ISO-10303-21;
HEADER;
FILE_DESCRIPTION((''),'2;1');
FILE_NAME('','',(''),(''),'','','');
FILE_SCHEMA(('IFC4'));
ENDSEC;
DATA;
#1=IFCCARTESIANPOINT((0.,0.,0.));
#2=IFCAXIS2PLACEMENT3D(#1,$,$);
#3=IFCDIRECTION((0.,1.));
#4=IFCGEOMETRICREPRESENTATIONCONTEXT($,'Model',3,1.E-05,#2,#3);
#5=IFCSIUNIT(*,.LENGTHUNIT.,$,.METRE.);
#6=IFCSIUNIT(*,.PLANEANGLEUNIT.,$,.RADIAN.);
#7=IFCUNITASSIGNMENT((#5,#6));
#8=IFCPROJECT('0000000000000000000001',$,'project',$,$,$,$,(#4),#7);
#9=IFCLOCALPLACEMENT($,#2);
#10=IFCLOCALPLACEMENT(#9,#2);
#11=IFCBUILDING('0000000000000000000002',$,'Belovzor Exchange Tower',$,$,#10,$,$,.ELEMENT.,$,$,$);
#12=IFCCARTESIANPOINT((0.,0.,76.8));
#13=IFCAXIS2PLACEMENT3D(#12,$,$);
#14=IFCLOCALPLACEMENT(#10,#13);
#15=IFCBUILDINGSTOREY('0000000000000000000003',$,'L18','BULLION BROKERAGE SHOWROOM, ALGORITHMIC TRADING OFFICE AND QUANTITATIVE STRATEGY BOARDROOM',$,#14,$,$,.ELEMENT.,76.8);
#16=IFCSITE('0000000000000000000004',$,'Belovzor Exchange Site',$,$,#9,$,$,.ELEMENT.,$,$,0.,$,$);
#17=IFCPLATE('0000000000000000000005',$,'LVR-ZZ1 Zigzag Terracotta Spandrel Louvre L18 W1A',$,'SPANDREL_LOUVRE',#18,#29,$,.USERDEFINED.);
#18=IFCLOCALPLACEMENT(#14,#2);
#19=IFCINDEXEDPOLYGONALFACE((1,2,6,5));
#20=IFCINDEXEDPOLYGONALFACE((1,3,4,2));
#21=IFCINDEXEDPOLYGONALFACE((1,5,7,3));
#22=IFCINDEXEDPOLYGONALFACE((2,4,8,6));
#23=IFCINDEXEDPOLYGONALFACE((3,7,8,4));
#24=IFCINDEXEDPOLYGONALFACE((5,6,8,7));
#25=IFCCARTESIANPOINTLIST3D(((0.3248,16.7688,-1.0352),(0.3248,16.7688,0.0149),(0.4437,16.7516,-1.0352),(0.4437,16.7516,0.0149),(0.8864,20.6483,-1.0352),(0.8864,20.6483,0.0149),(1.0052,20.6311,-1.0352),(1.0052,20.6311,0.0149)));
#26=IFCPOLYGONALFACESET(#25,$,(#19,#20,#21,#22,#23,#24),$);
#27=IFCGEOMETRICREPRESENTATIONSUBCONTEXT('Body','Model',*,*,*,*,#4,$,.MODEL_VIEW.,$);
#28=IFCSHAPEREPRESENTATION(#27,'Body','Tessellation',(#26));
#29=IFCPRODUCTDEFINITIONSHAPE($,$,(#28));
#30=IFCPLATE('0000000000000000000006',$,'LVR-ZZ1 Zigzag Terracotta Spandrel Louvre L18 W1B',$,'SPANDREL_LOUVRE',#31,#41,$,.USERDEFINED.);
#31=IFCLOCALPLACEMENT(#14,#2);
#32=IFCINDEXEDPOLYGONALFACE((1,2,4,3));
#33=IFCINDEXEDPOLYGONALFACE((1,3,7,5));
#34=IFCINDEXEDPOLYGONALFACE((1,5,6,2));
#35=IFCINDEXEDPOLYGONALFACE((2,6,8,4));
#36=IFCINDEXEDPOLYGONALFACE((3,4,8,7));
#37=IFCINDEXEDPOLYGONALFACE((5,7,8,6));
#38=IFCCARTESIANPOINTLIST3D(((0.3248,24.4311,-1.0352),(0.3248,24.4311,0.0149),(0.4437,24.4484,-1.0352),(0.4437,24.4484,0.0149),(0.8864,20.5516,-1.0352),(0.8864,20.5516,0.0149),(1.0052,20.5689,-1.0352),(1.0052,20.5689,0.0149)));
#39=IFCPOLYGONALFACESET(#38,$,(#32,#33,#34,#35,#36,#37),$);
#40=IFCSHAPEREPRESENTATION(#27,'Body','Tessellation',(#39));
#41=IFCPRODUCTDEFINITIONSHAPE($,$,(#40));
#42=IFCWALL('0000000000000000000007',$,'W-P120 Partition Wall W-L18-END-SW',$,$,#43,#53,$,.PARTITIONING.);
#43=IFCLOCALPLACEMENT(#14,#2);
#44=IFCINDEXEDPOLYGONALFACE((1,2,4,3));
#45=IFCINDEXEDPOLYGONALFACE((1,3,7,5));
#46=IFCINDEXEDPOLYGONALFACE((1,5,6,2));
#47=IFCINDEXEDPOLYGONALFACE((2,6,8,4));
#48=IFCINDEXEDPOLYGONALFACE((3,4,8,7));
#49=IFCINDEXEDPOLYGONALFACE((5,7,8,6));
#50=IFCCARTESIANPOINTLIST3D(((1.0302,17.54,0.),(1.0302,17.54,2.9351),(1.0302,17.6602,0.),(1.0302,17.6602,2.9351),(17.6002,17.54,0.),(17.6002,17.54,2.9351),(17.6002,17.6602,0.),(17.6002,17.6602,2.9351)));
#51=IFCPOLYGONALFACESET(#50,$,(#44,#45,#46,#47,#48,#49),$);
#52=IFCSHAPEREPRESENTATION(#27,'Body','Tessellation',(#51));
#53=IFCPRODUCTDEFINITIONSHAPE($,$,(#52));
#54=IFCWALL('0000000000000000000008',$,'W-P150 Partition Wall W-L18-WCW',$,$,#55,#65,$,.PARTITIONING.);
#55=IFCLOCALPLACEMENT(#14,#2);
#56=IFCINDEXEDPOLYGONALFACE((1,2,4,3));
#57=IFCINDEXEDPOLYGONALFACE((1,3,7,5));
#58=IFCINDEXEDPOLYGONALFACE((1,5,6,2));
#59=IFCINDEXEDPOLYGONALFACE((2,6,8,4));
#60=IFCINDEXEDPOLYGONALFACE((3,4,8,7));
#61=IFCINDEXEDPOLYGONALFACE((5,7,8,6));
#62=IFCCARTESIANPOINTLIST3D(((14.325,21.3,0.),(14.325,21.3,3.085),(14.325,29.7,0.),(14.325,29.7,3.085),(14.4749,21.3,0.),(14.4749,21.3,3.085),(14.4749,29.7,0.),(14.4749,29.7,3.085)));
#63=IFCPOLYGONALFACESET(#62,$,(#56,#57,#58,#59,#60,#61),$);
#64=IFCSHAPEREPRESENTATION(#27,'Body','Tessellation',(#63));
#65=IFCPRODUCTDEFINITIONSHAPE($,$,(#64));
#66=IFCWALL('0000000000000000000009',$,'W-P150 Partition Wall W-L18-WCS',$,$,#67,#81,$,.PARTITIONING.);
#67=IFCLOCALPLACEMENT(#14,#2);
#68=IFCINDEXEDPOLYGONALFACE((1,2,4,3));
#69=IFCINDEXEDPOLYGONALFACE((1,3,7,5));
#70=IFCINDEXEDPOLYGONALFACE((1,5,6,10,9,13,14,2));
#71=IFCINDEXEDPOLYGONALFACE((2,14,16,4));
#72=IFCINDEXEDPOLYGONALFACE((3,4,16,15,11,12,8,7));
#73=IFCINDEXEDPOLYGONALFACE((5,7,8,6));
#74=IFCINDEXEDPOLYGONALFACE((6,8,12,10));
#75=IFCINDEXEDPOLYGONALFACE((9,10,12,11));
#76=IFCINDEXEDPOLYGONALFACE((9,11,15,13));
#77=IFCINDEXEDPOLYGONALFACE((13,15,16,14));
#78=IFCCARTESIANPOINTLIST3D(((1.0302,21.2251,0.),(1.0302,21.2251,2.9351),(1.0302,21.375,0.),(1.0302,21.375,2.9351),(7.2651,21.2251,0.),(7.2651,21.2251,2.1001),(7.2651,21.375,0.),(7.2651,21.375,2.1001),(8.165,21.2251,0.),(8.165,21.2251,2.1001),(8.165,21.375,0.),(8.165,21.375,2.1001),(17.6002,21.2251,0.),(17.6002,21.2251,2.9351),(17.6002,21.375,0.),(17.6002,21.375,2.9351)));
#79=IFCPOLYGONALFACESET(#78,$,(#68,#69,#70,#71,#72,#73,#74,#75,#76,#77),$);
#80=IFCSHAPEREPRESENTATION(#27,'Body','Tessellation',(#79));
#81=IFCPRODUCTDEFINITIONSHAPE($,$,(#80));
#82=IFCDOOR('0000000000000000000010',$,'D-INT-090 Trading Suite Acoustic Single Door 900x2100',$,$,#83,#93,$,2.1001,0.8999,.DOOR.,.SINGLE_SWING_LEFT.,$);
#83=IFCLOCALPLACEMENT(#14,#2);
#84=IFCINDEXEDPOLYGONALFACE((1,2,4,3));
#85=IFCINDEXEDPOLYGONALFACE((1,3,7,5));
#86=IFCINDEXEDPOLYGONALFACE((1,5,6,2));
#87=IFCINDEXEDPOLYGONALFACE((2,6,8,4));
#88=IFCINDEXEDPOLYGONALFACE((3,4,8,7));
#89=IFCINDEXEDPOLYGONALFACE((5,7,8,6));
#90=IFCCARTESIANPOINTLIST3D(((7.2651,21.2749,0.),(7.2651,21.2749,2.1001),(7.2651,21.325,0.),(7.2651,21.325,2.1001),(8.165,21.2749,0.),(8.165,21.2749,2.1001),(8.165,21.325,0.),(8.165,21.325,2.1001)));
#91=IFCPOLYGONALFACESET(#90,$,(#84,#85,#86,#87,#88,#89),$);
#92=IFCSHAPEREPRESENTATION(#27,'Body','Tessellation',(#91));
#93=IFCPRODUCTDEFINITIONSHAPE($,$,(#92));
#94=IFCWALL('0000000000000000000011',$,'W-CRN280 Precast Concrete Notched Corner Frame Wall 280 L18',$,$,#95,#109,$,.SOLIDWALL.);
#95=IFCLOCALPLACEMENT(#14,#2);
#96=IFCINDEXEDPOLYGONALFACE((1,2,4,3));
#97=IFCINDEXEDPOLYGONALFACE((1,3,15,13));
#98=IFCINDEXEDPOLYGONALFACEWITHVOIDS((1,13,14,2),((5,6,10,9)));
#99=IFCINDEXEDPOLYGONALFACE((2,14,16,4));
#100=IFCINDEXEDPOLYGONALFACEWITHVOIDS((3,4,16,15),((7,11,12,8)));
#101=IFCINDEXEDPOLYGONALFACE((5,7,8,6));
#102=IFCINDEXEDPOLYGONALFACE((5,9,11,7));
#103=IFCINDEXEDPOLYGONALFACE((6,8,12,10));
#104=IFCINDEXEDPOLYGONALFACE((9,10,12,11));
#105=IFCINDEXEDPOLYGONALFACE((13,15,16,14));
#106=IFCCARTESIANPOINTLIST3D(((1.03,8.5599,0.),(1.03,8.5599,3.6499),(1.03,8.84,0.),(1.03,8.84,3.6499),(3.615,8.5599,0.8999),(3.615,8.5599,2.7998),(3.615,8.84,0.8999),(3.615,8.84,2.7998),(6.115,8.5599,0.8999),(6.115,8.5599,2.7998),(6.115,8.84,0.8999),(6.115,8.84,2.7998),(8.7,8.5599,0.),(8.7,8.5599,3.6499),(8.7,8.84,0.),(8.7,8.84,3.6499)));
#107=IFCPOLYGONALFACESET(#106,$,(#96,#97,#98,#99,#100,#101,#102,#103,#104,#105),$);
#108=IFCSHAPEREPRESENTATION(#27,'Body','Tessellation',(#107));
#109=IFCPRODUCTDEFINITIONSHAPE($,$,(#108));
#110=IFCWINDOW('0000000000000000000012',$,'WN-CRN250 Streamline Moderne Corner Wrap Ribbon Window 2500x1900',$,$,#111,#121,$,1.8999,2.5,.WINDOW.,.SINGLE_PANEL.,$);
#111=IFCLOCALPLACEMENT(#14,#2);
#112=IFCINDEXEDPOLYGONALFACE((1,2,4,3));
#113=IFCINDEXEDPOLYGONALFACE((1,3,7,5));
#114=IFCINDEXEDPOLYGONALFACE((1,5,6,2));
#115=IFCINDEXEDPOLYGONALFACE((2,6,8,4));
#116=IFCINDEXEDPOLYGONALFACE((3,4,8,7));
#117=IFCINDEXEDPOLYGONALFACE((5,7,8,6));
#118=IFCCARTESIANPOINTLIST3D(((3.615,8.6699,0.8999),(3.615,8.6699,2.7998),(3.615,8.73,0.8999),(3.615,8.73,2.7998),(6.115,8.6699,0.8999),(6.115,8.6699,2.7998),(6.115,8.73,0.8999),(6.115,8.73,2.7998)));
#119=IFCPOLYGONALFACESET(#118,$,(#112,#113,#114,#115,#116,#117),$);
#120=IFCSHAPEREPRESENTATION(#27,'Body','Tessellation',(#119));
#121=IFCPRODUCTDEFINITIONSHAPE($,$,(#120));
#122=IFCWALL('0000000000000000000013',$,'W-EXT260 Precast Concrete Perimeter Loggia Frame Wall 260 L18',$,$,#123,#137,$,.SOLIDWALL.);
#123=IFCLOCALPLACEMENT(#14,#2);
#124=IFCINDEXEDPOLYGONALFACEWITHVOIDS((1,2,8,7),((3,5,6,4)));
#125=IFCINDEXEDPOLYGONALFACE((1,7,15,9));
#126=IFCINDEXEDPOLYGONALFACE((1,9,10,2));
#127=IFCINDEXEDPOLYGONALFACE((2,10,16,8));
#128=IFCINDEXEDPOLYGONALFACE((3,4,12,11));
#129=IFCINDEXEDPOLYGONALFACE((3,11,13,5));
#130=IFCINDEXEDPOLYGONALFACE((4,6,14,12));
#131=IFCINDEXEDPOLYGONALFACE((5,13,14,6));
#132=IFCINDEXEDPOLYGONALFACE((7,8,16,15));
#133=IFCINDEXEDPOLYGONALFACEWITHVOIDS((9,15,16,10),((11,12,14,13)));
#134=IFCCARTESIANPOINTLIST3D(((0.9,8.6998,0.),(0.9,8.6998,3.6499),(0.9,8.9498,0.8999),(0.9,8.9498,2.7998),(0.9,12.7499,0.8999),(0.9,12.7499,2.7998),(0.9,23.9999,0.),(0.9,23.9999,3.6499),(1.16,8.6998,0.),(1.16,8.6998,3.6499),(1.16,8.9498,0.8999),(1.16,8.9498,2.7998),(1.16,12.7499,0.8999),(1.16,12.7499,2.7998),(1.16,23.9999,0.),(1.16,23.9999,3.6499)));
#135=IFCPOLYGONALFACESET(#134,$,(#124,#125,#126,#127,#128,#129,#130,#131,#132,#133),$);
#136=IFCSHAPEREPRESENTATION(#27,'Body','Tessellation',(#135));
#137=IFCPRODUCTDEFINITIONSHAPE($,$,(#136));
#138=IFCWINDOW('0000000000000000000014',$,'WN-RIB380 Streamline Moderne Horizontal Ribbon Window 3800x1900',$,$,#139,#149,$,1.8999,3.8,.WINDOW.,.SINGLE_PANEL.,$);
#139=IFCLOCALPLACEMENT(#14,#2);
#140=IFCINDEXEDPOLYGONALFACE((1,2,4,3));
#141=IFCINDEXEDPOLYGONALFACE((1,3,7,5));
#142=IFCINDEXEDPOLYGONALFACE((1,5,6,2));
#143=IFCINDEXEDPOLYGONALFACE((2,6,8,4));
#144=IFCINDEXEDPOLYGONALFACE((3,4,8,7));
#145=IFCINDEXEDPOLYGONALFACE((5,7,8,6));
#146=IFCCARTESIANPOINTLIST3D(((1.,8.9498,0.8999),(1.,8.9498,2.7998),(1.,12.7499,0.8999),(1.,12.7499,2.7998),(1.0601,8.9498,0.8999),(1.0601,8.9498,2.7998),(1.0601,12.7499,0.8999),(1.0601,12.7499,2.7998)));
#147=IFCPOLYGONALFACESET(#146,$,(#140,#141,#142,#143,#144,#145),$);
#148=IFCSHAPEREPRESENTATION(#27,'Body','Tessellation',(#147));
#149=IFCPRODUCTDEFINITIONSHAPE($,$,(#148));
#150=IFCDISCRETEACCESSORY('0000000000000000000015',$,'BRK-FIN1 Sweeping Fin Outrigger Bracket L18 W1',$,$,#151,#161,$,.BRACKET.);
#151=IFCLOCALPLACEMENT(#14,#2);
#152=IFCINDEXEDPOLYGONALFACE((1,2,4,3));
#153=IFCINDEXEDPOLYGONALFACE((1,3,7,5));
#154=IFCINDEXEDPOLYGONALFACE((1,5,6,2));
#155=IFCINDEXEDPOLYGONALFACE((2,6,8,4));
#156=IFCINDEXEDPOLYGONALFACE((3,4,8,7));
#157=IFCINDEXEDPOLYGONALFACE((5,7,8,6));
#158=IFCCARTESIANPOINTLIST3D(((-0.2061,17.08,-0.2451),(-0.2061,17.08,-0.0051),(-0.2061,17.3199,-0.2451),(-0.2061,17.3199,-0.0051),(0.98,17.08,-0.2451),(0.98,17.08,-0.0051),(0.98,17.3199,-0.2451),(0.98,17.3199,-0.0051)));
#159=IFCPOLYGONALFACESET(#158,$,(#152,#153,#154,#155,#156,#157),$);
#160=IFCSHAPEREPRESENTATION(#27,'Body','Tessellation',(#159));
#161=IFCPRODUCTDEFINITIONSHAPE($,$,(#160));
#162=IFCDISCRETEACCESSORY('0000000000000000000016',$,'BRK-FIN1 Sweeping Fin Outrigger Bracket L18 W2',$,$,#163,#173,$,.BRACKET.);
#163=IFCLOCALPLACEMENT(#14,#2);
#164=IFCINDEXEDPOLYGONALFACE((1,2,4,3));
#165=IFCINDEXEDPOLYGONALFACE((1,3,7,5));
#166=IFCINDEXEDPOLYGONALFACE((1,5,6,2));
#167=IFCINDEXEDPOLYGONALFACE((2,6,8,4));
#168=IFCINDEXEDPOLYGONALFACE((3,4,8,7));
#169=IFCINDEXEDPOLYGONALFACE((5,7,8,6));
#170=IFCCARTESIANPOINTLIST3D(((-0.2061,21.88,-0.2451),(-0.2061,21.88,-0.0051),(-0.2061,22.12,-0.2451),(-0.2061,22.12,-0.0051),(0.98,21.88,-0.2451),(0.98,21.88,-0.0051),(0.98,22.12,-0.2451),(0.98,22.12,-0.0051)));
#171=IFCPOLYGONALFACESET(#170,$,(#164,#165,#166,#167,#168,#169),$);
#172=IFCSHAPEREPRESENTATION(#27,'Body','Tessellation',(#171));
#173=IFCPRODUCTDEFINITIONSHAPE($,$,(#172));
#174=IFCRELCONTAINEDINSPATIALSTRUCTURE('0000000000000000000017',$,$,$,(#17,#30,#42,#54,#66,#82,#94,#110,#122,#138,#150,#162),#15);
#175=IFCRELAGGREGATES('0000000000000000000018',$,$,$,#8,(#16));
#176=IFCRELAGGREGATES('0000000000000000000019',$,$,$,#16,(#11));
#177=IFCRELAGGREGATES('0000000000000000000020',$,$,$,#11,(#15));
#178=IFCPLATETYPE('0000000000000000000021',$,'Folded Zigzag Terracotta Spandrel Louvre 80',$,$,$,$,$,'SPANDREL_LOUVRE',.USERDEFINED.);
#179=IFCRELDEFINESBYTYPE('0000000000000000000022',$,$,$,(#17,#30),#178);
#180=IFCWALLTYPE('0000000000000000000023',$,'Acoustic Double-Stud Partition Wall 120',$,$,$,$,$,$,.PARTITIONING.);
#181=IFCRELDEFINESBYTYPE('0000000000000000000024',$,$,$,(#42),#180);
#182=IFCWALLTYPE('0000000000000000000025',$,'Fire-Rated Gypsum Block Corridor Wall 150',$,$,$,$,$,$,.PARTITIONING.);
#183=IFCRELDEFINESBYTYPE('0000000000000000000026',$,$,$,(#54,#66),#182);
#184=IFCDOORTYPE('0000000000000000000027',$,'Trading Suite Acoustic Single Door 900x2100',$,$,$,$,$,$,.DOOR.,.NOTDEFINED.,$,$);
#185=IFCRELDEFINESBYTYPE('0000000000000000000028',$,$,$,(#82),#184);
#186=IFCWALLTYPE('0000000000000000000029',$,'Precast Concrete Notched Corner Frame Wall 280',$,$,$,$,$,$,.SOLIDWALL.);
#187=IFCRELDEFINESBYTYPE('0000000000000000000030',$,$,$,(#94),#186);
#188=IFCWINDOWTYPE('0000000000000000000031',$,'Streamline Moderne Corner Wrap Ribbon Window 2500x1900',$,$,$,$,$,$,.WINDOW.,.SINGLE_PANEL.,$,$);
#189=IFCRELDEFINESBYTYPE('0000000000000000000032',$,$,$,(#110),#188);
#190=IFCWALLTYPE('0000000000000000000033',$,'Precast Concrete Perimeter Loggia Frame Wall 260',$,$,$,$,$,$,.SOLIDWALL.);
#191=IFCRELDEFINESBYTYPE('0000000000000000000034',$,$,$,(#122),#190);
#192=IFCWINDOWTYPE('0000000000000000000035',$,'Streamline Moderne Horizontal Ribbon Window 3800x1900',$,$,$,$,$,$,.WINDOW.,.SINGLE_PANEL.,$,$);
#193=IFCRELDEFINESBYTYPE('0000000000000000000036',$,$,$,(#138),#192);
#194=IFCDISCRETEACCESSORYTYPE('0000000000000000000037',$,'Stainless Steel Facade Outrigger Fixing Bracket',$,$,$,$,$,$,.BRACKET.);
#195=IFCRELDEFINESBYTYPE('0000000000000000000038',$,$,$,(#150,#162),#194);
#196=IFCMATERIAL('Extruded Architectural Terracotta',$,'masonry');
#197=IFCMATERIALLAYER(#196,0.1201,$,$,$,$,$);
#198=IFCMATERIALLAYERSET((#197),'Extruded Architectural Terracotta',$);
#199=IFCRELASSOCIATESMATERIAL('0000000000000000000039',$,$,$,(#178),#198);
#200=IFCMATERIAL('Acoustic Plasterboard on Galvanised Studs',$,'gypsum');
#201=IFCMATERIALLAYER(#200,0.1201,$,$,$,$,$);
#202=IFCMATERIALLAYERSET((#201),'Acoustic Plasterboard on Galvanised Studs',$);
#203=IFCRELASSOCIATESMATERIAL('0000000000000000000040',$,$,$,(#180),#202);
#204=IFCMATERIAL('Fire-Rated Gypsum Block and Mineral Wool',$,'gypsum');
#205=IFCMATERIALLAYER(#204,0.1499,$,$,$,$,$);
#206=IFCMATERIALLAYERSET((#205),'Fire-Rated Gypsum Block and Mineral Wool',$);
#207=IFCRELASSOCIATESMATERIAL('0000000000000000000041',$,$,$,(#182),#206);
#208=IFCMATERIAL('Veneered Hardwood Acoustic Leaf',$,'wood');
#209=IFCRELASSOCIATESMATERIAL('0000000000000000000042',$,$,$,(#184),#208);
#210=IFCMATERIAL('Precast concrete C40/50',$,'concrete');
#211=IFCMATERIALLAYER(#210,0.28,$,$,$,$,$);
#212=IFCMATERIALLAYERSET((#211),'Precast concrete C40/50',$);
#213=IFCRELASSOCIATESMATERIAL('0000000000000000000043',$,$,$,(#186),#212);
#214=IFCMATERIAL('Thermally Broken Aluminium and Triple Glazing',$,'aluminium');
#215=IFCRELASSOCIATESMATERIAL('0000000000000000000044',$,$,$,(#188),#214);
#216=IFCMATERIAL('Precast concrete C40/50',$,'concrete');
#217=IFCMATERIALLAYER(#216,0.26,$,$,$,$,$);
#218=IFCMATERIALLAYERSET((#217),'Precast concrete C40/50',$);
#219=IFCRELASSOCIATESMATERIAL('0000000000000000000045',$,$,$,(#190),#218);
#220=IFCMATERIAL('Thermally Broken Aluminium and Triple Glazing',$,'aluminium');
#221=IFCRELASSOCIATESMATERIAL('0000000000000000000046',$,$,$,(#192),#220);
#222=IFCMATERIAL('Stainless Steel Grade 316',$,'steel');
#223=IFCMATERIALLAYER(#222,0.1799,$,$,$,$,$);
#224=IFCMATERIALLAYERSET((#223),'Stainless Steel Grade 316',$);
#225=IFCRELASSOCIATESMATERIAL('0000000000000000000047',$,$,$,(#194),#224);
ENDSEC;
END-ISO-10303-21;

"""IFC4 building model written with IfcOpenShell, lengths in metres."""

from ifc_helpers import new_model, si_unit, direction, frame, frame_2d, origin, origin_2d, place, context, subcontext, project, spatial, rectangle, extrude, material, layer, layer_set, type_object, element, fill, save


model = new_model("IFC4")

# Units and contexts
model_context = context("Model", 3, precision=1e-05, world=origin(), true_north=direction((0.0, 1.0)))
body_context = subcontext(model_context, "Body", "Model", "MODEL_VIEW")
ifc_project = project(units=[si_unit("LENGTHUNIT", "METRE"), si_unit("PLANEANGLEUNIT", "RADIAN")], contexts=[model_context])

# Site, building, storey
site_placement = place(None, origin())
site = spatial("IfcSite", under=ifc_project, at=site_placement, Name="Belovzor Exchange Site", CompositionType="ELEMENT", RefElevation=0.0)
building_placement = place(site_placement, origin())
building = spatial("IfcBuilding", under=site, at=building_placement, Name="Belovzor Exchange Tower", CompositionType="ELEMENT")
storey_placement = place(building_placement, frame((0.0, 0.0, 76.8)))
storey = spatial("IfcBuildingStorey", under=building, at=storey_placement, Name="L18", Description="BULLION BROKERAGE SHOWROOM, ALGORITHMIC TRADING OFFICE AND QUANTITATIVE STRATEGY BOARDROOM", CompositionType="ELEMENT", Elevation=76.8)

# Plates
ifc_material_1 = material(Name="Extruded Architectural Terracotta", Category="masonry")
ifc_layer_1 = layer(ifc_material_1, 0.1201)
ifc_layer_set_1 = layer_set([ifc_layer_1], Name="Extruded Architectural Terracotta")
plate_type = type_object("IfcPlateType", Name="Folded Zigzag Terracotta Spandrel Louvre 80", ElementType="SPANDREL_LOUVRE", PredefinedType="USERDEFINED", material=ifc_layer_set_1)
for number, where, z_axis, x_axis, name in (
    (1, (0.665, 18.7, -1.0352), (0.0, 0.0, 1.0), (0.143251, 0.989686, 0.0), "LVR-ZZ1 Zigzag Terracotta Spandrel Louvre L18 W1A"),
    (2, (0.665, 22.5, -1.0352), (0.0, 0.0, 1.0), (-0.143251, 0.989686, 0.0), "LVR-ZZ1 Zigzag Terracotta Spandrel Louvre L18 W1B"),
):
    element("IfcPlate", number, at=place(storey_placement, frame(where, z_axis=z_axis, x_axis=x_axis)), inside=storey, type_object=plate_type, Name=name, ObjectType="SPANDREL_LOUVRE", PredefinedType="USERDEFINED", context=body_context, shape_type="SweptSolid", body=[
        extrude(rectangle(XDim=3.9199, YDim=0.1201, at=origin_2d()), origin(), (0.0, 0.0, 1.0), 1.05),
    ])

# Walls
ifc_material_2 = material(Name="Acoustic Plasterboard on Galvanised Studs", Category="gypsum")
ifc_layer_2 = layer(ifc_material_2, 0.1201)
ifc_layer_set_2 = layer_set([ifc_layer_2], Name="Acoustic Plasterboard on Galvanised Studs")
wall_type_1 = type_object("IfcWallType", Name="Acoustic Double-Stud Partition Wall 120", PredefinedType="PARTITIONING", material=ifc_layer_set_2)
wall_1_placement = place(storey_placement, frame((1.03, 17.6001, 0.0), z_axis=(0.0, 0.0, 1.0), x_axis=(1.0, 0.0, 0.0)))
element("IfcWall", 3, at=wall_1_placement, inside=storey, type_object=wall_type_1, Name="W-P120 Partition Wall W-L18-END-SW", PredefinedType="PARTITIONING", context=body_context, shape_type="SweptSolid", body=[
    extrude(rectangle(XDim=16.5701, YDim=0.1201, at=frame_2d((8.2852, 0.0))), origin(), (0.0, 0.0, 1.0), 2.9351),
])
ifc_material_3 = material(Name="Fire-Rated Gypsum Block and Mineral Wool", Category="gypsum")
ifc_layer_3 = layer(ifc_material_3, 0.1499)
ifc_layer_set_3 = layer_set([ifc_layer_3], Name="Fire-Rated Gypsum Block and Mineral Wool")
wall_type_2 = type_object("IfcWallType", Name="Fire-Rated Gypsum Block Corridor Wall 150", PredefinedType="PARTITIONING", material=ifc_layer_set_3)
wall_2_placement = place(storey_placement, frame((14.3999, 21.3, 0.0), z_axis=(0.0, 0.0, 1.0), x_axis=(0.0, 1.0, 0.0)))
element("IfcWall", 4, at=wall_2_placement, inside=storey, type_object=wall_type_2, Name="W-P150 Partition Wall W-L18-WCW", PredefinedType="PARTITIONING", context=body_context, shape_type="SweptSolid", body=[
    extrude(rectangle(XDim=8.3999, YDim=0.1499, at=frame_2d((4.2, 0.0))), origin(), (0.0, 0.0, 1.0), 3.085),
])

# Wall, opening, door
wall_3_placement = place(storey_placement, frame((1.03, 21.3, 0.0), z_axis=(0.0, 0.0, 1.0), x_axis=(1.0, 0.0, 0.0)))
wall_3 = element("IfcWall", 5, at=wall_3_placement, inside=storey, type_object=wall_type_2, Name="W-P150 Partition Wall W-L18-WCS", PredefinedType="PARTITIONING", context=body_context, shape_type="SweptSolid", body=[
    extrude(rectangle(XDim=16.5701, YDim=0.1499, at=frame_2d((8.2852, 0.0))), origin(), (0.0, 0.0, 1.0), 2.9351),
])
opening_1_placement = place(wall_3_placement, frame((6.2351, 0.0, 0.0)))
opening_1 = element("IfcOpeningElement", 6, at=opening_1_placement, cuts=wall_3, PredefinedType="OPENING", context=body_context, shape_type="SweptSolid", body=[
    extrude(rectangle(XDim=0.8999, YDim=2.1001, at=frame_2d((0.45, 1.05))), frame((0.0, 0.085, 0.0), z_axis=(0.0, -1.0, 0.0), x_axis=(1.0, 0.0, 0.0)), (0.0, 0.0, 1.0), 0.1699),
])
ifc_material_4 = material(Name="Veneered Hardwood Acoustic Leaf", Category="wood")
door_type = type_object("IfcDoorType", Name="Trading Suite Acoustic Single Door 900x2100", OperationType="NOTDEFINED", PredefinedType="DOOR", material=ifc_material_4)
door_placement = place(opening_1_placement, origin())
door = element("IfcDoor", 7, at=door_placement, inside=storey, type_object=door_type, Name="D-INT-090 Trading Suite Acoustic Single Door 900x2100", OperationType="SINGLE_SWING_LEFT", OverallHeight=2.1001, OverallWidth=0.8999, PredefinedType="DOOR", context=body_context, shape_type="SweptSolid", body=[
    extrude(rectangle(XDim=0.8999, YDim=2.1001, at=frame_2d((0.45, 1.05))), frame((0.0, 0.0249, 0.0), z_axis=(0.0, -1.0, 0.0), x_axis=(1.0, 0.0, 0.0)), (0.0, 0.0, 1.0), 0.05),
])
fill(opening_1, door)

# Walls, openings, windows
ifc_material_5 = material(Name="Precast concrete C40/50", Category="concrete")
ifc_layer_4 = layer(ifc_material_5, 0.28)
ifc_layer_set_4 = layer_set([ifc_layer_4], Name="Precast concrete C40/50")
wall_type_3 = type_object("IfcWallType", Name="Precast Concrete Notched Corner Frame Wall 280", PredefinedType="SOLIDWALL", material=ifc_layer_set_4)
wall_4_placement = place(storey_placement, frame((8.7, 8.7, 0.0), z_axis=(0.0, 0.0, 1.0), x_axis=(-1.0, 0.0, 0.0)))
wall_4 = element("IfcWall", 8, at=wall_4_placement, inside=storey, type_object=wall_type_3, Name="W-CRN280 Precast Concrete Notched Corner Frame Wall 280 L18", PredefinedType="SOLIDWALL", context=body_context, shape_type="SweptSolid", body=[
    extrude(rectangle(XDim=7.6699, YDim=0.28, at=frame_2d((3.835, 0.0))), origin(), (0.0, 0.0, 1.0), 3.6499),
])
opening_2_placement = place(wall_4_placement, frame((2.585, 0.0, 0.8999)))
opening_2 = element("IfcOpeningElement", 9, at=opening_2_placement, cuts=wall_4, PredefinedType="OPENING", context=body_context, shape_type="SweptSolid", body=[
    extrude(rectangle(XDim=2.5, YDim=1.8999, at=frame_2d((1.25, 0.95))), frame((0.0, 0.1499, 0.0), z_axis=(0.0, -1.0, 0.0), x_axis=(1.0, 0.0, 0.0)), (0.0, 0.0, 1.0), 0.3),
])
ifc_material_6 = material(Name="Thermally Broken Aluminium and Triple Glazing", Category="aluminium")
window_type_1 = type_object("IfcWindowType", Name="Streamline Moderne Corner Wrap Ribbon Window 2500x1900", PartitioningType="SINGLE_PANEL", PredefinedType="WINDOW", material=ifc_material_6)
window_1_placement = place(opening_2_placement, origin())
window_1 = element("IfcWindow", 10, at=window_1_placement, inside=storey, type_object=window_type_1, Name="WN-CRN250 Streamline Moderne Corner Wrap Ribbon Window 2500x1900", OverallHeight=1.8999, OverallWidth=2.5, PartitioningType="SINGLE_PANEL", PredefinedType="WINDOW", context=body_context, shape_type="SweptSolid", body=[
    extrude(rectangle(XDim=2.5, YDim=1.8999, at=frame_2d((1.25, 0.95))), frame((0.0, 0.03, 0.0), z_axis=(0.0, -1.0, 0.0), x_axis=(1.0, 0.0, 0.0)), (0.0, 0.0, 1.0), 0.0601),
])
fill(opening_2, window_1)
ifc_material_7 = material(Name="Precast concrete C40/50", Category="concrete")
ifc_layer_5 = layer(ifc_material_7, 0.26)
ifc_layer_set_5 = layer_set([ifc_layer_5], Name="Precast concrete C40/50")
wall_type_4 = type_object("IfcWallType", Name="Precast Concrete Perimeter Loggia Frame Wall 260", PredefinedType="SOLIDWALL", material=ifc_layer_set_5)
wall_5_placement = place(storey_placement, frame((1.03, 8.7, 0.0), z_axis=(0.0, 0.0, 1.0), x_axis=(0.0, 1.0, 0.0)))
wall_5 = element("IfcWall", 11, at=wall_5_placement, inside=storey, type_object=wall_type_4, Name="W-EXT260 Precast Concrete Perimeter Loggia Frame Wall 260 L18", PredefinedType="SOLIDWALL", context=body_context, shape_type="SweptSolid", body=[
    extrude(rectangle(XDim=15.3, YDim=0.26, at=frame_2d((7.6499, 0.0))), origin(), (0.0, 0.0, 1.0), 3.6499),
])
opening_3_placement = place(wall_5_placement, frame((0.25, 0.0, 0.8999)))
opening_3 = element("IfcOpeningElement", 12, at=opening_3_placement, cuts=wall_5, PredefinedType="OPENING", context=body_context, shape_type="SweptSolid", body=[
    extrude(rectangle(XDim=3.8, YDim=1.8999, at=frame_2d((1.8999, 0.95))), frame((0.0, 0.1399, 0.0), z_axis=(0.0, -1.0, 0.0), x_axis=(1.0, 0.0, 0.0)), (0.0, 0.0, 1.0), 0.28),
])
ifc_material_8 = material(Name="Thermally Broken Aluminium and Triple Glazing", Category="aluminium")
window_type_2 = type_object("IfcWindowType", Name="Streamline Moderne Horizontal Ribbon Window 3800x1900", PartitioningType="SINGLE_PANEL", PredefinedType="WINDOW", material=ifc_material_8)
window_2_placement = place(opening_3_placement, origin())
window_2 = element("IfcWindow", 13, at=window_2_placement, inside=storey, type_object=window_type_2, Name="WN-RIB380 Streamline Moderne Horizontal Ribbon Window 3800x1900", OverallHeight=1.8999, OverallWidth=3.8, PartitioningType="SINGLE_PANEL", PredefinedType="WINDOW", context=body_context, shape_type="SweptSolid", body=[
    extrude(rectangle(XDim=3.8, YDim=1.8999, at=frame_2d((1.8999, 0.95))), frame((0.0, 0.03, 0.0), z_axis=(0.0, -1.0, 0.0), x_axis=(1.0, 0.0, 0.0)), (0.0, 0.0, 1.0), 0.0601),
])
fill(opening_3, window_2)

# Discrete accessories
ifc_material_9 = material(Name="Stainless Steel Grade 316", Category="steel")
ifc_layer_6 = layer(ifc_material_9, 0.1799)
ifc_layer_set_6 = layer_set([ifc_layer_6], Name="Stainless Steel Grade 316")
discrete_accessory_type = type_object("IfcDiscreteAccessoryType", Name="Stainless Steel Facade Outrigger Fixing Bracket", PredefinedType="BRACKET", material=ifc_layer_set_6)
for number, where, z_axis, x_axis, name in (
    (14, (0.387, 17.2, -0.2451), (0.0, 0.0, 1.0), (1.0, 0.0, 0.0), "BRK-FIN1 Sweeping Fin Outrigger Bracket L18 W1"),
    (15, (0.387, 22.0, -0.2451), (0.0, 0.0, 1.0), (1.0, 0.0, 0.0), "BRK-FIN1 Sweeping Fin Outrigger Bracket L18 W2"),
):
    element("IfcDiscreteAccessory", number, at=place(storey_placement, frame(where, z_axis=z_axis, x_axis=x_axis)), inside=storey, type_object=discrete_accessory_type, Name=name, PredefinedType="BRACKET", context=body_context, shape_type="SweptSolid", body=[
        extrude(rectangle(XDim=1.186, YDim=0.24, at=origin_2d()), origin(), (0.0, 0.0, 1.0), 0.24),
    ])

save(model, "model.ifc")
